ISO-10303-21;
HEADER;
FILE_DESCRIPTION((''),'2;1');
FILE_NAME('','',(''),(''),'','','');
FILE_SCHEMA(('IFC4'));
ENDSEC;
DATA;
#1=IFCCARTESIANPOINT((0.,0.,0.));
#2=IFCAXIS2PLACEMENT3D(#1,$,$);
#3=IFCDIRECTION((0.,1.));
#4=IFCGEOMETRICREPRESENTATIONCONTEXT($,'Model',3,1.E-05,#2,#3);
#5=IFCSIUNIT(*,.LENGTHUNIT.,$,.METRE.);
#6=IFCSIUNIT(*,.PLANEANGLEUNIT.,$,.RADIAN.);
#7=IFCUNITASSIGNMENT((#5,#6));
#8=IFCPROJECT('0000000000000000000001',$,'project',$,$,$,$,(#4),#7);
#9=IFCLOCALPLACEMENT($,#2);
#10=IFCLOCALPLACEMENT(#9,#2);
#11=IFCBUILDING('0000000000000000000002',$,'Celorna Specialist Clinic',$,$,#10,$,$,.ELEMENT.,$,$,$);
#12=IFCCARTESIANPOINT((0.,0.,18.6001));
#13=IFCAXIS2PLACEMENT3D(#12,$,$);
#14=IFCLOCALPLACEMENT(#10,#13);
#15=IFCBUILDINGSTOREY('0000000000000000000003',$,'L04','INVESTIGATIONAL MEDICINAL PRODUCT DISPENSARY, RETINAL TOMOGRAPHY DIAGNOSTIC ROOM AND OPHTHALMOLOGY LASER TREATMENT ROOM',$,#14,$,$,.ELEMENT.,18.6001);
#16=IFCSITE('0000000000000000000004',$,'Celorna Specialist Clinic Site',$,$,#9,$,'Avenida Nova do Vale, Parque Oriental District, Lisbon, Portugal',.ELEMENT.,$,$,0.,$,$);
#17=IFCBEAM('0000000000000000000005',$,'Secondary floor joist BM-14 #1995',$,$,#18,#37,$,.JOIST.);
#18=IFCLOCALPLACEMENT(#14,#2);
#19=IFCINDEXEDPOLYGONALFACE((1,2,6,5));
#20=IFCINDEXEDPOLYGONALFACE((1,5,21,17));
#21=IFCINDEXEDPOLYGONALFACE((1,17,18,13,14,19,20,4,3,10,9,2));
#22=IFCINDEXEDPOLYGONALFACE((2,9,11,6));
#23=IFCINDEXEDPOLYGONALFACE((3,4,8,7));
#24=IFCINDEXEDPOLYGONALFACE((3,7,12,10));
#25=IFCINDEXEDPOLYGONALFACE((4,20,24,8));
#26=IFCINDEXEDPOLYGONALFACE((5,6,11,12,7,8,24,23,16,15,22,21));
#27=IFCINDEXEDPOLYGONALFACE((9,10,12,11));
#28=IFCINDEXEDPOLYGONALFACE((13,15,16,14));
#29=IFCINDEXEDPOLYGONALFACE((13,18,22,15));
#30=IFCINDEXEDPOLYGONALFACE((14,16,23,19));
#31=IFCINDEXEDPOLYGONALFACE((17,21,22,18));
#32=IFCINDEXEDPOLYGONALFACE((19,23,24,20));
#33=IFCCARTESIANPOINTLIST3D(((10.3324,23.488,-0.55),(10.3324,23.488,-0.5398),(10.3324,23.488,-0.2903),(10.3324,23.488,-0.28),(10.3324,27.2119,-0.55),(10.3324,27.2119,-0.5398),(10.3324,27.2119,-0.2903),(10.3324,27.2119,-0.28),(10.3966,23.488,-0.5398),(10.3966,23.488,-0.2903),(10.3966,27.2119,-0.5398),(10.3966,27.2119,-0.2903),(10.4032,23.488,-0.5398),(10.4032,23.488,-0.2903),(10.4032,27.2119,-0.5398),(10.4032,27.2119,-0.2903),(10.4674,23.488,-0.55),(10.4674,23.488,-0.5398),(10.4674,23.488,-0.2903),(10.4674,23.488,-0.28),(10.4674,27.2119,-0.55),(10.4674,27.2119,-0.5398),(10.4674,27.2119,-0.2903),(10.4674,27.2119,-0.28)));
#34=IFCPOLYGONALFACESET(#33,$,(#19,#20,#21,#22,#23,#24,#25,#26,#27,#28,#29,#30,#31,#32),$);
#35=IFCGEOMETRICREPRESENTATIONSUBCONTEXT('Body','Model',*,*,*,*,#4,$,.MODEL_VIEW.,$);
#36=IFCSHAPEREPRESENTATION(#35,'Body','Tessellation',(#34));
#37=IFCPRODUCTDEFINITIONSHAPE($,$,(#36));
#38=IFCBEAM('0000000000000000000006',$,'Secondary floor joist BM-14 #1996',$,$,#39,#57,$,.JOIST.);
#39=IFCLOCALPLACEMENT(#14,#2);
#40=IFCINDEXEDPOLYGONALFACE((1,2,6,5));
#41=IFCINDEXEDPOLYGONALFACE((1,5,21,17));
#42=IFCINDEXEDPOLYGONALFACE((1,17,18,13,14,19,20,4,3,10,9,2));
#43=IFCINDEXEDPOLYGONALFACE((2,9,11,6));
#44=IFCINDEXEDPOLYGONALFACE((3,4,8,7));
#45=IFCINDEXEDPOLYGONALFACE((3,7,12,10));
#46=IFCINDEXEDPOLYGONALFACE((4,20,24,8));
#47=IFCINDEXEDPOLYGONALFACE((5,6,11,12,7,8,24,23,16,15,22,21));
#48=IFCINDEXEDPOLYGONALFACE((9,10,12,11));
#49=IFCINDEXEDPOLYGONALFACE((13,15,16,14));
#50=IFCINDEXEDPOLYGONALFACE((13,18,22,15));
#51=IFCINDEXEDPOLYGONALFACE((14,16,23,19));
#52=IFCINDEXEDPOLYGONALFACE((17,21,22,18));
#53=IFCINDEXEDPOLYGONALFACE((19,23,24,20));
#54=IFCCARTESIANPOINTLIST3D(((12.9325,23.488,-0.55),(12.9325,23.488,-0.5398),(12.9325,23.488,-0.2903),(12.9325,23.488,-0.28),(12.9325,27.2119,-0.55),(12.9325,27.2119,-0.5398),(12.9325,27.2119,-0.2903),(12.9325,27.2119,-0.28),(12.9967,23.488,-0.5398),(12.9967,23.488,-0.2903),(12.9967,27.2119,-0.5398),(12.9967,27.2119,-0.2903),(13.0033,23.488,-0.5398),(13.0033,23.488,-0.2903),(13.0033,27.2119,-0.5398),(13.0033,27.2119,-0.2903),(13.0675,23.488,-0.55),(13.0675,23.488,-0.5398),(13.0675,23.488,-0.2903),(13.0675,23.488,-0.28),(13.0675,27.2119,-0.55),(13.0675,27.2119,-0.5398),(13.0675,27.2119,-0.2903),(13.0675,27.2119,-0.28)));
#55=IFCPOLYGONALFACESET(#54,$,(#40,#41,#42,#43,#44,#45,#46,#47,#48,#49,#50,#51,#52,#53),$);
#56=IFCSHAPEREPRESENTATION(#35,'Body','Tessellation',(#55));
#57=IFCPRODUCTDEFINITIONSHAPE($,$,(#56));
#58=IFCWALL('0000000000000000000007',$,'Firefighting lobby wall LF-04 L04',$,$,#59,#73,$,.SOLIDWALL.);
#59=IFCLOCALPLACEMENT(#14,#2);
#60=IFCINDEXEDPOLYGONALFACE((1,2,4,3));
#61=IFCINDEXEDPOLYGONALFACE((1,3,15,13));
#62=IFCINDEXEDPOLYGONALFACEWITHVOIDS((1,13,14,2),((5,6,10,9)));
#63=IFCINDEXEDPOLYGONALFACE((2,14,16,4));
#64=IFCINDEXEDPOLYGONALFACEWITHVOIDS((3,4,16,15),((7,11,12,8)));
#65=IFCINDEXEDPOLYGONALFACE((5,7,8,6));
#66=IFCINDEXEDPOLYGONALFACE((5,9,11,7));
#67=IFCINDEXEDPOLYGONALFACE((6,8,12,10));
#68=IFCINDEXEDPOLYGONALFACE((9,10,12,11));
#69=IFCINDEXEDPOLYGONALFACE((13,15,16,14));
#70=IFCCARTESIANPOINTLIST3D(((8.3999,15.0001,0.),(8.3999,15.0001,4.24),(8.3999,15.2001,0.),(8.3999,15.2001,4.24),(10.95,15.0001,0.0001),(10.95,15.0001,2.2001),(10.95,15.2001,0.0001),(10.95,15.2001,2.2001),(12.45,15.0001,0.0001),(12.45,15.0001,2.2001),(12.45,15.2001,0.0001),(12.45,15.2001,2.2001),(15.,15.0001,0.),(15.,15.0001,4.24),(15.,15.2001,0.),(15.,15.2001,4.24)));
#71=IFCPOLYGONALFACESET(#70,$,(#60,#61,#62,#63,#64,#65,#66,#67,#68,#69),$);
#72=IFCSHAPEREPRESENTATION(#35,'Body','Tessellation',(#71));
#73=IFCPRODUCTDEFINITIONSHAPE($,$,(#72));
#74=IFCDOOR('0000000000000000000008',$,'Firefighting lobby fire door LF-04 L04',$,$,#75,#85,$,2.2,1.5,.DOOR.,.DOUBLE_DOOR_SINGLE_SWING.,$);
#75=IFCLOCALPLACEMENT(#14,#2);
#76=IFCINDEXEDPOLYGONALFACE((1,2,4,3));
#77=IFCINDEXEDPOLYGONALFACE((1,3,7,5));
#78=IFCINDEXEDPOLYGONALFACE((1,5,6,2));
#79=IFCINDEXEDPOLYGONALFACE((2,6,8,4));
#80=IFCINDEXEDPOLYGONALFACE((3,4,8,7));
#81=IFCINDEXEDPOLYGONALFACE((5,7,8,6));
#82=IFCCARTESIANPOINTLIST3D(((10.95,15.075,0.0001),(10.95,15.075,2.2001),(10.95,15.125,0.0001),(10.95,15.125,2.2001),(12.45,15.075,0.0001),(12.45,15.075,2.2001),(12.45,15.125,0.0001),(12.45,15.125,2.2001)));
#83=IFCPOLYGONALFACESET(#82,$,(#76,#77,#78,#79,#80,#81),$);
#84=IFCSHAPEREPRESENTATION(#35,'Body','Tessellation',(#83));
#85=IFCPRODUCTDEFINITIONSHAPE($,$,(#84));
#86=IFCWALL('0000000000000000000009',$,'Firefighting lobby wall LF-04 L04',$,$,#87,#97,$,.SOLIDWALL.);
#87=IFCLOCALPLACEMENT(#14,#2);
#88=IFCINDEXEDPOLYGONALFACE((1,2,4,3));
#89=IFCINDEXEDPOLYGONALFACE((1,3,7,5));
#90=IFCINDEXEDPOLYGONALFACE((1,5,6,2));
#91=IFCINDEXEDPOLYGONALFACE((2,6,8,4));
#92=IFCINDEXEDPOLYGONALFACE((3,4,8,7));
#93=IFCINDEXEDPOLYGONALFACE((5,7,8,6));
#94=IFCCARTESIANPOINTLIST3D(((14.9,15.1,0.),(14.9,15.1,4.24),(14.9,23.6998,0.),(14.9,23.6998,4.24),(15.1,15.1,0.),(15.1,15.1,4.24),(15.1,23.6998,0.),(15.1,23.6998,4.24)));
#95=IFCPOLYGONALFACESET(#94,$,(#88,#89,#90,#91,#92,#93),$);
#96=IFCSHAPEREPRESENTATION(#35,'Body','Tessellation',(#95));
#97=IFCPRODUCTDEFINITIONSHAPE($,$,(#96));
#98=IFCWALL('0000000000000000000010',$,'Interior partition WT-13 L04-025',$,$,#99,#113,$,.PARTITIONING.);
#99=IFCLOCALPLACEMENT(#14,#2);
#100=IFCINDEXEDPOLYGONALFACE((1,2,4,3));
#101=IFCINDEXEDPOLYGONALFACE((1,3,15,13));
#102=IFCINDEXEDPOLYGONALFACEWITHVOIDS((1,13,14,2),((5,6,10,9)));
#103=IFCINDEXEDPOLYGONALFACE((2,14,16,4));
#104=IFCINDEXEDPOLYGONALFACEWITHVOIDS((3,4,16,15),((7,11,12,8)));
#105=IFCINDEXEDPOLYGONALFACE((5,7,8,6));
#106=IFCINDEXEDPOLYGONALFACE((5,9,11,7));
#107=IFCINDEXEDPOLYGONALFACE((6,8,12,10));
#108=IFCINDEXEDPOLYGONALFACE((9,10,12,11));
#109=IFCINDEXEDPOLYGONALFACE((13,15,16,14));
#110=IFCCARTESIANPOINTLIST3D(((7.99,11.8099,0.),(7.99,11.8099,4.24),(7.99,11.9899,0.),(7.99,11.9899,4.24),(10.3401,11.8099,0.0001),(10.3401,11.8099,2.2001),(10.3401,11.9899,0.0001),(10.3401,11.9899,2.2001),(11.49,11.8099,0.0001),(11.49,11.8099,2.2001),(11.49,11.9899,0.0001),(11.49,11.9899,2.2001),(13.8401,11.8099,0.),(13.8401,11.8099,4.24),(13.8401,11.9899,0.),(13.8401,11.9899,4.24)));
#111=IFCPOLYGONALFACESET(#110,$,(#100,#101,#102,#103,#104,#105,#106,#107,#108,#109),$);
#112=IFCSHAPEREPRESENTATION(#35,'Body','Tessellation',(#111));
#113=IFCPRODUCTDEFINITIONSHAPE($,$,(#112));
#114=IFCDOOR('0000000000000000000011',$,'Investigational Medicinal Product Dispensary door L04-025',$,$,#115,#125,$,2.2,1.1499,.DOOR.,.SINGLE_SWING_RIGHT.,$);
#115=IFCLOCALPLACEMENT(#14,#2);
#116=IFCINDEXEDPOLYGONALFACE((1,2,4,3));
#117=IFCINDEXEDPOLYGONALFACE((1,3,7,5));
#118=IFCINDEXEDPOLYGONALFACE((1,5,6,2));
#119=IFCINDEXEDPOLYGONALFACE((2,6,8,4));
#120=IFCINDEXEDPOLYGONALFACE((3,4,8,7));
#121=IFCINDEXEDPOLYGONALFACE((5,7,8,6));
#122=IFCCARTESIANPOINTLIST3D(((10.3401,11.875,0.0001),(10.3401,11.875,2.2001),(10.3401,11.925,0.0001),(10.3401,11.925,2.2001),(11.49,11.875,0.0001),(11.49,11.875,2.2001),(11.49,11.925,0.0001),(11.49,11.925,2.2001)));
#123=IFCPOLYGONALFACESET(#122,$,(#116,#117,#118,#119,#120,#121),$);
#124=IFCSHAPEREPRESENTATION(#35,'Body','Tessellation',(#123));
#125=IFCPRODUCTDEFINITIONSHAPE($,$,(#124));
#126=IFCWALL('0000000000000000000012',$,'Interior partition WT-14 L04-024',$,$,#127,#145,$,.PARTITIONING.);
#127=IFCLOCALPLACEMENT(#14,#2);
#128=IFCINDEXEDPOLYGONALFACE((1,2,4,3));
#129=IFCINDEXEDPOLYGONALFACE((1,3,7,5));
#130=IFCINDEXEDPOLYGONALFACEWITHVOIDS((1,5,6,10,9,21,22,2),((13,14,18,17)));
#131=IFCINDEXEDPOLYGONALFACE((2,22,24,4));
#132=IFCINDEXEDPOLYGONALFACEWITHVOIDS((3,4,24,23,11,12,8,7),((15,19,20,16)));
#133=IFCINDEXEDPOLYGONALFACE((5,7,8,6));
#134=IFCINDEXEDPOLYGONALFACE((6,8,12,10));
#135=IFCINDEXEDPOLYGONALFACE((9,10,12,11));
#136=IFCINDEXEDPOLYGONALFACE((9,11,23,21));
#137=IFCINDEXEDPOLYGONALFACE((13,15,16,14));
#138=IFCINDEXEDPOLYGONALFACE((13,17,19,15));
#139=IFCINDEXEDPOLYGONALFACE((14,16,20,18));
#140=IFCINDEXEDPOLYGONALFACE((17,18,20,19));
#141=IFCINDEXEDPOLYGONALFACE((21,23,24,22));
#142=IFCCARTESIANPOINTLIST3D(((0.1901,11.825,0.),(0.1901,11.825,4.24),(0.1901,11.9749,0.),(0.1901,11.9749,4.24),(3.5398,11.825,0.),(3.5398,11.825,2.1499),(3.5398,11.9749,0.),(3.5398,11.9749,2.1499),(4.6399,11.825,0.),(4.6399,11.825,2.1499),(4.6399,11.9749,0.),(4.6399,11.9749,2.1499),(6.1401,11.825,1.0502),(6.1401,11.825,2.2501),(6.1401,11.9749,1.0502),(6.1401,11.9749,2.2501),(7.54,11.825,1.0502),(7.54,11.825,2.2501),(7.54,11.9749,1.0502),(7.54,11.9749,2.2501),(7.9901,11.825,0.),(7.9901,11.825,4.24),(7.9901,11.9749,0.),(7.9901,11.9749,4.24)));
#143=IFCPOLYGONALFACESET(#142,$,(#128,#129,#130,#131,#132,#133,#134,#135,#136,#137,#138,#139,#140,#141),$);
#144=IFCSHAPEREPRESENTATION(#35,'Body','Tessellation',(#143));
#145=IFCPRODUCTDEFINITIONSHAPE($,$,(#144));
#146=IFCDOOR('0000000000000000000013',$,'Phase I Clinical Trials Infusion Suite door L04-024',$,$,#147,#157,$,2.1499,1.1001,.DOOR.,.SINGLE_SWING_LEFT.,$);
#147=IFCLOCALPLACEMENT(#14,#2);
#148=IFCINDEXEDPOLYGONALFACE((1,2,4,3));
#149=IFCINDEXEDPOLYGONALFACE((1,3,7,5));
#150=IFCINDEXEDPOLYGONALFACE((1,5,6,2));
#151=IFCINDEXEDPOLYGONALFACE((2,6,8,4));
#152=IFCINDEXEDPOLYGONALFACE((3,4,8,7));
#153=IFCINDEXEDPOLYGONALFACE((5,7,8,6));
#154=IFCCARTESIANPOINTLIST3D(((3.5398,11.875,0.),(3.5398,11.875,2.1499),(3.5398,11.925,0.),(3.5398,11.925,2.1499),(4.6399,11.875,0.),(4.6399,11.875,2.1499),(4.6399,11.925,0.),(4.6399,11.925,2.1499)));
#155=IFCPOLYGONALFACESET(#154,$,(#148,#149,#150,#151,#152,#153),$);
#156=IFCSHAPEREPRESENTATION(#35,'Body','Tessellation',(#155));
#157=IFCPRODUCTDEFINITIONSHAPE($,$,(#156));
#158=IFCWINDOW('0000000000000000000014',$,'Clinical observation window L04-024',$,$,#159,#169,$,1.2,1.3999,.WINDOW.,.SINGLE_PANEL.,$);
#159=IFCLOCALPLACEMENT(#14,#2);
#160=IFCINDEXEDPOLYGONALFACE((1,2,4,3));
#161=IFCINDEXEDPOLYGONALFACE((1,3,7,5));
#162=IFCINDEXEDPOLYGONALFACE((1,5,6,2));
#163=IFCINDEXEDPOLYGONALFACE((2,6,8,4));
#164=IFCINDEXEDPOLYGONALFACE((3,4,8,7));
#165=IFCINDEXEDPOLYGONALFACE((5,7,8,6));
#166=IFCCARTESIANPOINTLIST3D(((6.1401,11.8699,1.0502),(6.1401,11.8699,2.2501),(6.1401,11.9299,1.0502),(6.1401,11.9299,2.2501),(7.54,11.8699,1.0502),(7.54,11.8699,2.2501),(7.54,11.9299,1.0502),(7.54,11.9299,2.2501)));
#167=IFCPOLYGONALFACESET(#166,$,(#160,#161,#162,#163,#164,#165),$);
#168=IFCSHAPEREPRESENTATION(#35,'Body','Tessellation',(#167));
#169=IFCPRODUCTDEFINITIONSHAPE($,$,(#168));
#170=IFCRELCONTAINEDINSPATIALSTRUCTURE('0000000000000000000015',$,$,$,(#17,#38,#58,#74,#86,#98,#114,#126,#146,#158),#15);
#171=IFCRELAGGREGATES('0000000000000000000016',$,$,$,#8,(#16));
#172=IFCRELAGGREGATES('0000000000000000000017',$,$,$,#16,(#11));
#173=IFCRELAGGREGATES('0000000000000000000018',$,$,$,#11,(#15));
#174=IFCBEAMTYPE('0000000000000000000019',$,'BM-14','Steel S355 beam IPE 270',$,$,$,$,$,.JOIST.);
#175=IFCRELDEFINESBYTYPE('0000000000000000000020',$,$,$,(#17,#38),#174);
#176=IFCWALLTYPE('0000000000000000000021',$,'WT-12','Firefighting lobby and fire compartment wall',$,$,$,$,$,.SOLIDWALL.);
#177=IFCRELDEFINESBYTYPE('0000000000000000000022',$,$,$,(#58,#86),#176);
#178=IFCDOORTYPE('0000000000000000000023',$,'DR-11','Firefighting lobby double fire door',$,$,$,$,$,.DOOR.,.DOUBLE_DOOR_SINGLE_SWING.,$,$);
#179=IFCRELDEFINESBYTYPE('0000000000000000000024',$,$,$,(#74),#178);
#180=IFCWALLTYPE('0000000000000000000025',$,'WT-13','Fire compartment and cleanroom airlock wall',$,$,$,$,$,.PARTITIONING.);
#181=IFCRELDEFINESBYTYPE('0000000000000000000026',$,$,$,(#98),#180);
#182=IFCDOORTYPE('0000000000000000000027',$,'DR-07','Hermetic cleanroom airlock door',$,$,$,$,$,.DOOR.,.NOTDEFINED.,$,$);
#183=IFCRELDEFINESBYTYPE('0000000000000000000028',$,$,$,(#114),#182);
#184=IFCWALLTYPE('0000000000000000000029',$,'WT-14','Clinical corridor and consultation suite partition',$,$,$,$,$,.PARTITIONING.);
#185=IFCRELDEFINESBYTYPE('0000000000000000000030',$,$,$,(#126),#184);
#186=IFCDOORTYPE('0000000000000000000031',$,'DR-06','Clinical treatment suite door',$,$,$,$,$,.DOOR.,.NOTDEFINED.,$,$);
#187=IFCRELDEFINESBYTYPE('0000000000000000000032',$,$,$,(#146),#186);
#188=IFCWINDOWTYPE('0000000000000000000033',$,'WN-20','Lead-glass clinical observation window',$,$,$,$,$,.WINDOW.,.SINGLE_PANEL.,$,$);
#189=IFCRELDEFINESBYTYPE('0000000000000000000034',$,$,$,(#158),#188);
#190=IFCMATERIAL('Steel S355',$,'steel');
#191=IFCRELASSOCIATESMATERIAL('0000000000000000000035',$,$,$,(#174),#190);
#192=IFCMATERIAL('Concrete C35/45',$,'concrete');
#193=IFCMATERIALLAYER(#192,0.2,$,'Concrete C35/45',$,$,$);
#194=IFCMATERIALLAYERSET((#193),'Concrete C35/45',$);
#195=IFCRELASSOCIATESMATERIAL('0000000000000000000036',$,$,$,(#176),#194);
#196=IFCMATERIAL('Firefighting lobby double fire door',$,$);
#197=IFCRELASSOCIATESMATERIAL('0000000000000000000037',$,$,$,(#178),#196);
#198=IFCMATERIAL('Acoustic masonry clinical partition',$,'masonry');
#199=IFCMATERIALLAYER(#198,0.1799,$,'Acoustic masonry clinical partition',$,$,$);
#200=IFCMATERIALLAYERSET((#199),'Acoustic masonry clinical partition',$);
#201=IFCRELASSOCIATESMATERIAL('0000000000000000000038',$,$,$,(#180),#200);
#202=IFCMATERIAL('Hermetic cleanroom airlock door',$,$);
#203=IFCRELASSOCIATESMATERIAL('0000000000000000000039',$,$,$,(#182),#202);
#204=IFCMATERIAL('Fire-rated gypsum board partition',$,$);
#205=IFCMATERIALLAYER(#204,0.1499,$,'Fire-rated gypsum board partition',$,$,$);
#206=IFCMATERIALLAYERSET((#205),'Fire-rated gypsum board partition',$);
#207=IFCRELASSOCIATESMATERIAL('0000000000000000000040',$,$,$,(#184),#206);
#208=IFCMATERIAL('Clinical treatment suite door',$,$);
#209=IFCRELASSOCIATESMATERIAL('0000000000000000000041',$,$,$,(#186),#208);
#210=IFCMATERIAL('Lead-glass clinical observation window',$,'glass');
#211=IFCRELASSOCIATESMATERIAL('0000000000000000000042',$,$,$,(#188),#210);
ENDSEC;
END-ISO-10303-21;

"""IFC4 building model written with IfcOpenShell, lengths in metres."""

from ifc_helpers import new_model, si_unit, direction, frame, frame_2d, origin, origin_2d, place, context, subcontext, project, spatial, rectangle, i_section, extrude, material, layer, layer_set, material_profile, profile_set, type_object, element, fill, save


model = new_model("IFC4")

# Units and contexts
model_context = context("Model", 3, precision=1e-05, world=origin(), true_north=direction((0.0, 1.0)))
body_context = subcontext(model_context, "Body", "Model", "MODEL_VIEW")
ifc_project = project(units=[si_unit("LENGTHUNIT", "METRE"), si_unit("PLANEANGLEUNIT", "RADIAN")], contexts=[model_context])

# Site, building, storey
site_placement = place(None, origin())
site = spatial("IfcSite", under=ifc_project, at=site_placement, Name="Celorna Specialist Clinic Site", LongName="Avenida Nova do Vale, Parque Oriental District, Lisbon, Portugal", CompositionType="ELEMENT", RefElevation=0.0)
building_placement = place(site_placement, origin())
building = spatial("IfcBuilding", under=site, at=building_placement, Name="Celorna Specialist Clinic", CompositionType="ELEMENT")
storey_placement = place(building_placement, frame((0.0, 0.0, 18.6001)))
storey = spatial("IfcBuildingStorey", under=building, at=storey_placement, Name="L04", Description="INVESTIGATIONAL MEDICINAL PRODUCT DISPENSARY, RETINAL TOMOGRAPHY DIAGNOSTIC ROOM AND OPHTHALMOLOGY LASER TREATMENT ROOM", CompositionType="ELEMENT", Elevation=18.6001)

# Shared definitions
ifc_material_1 = material(Name="Concrete C35/45", Category="concrete")

# Beams
ifc_material_2 = material(Name="Steel S355", Category="steel")
ifc_material_profile_1 = material_profile(ifc_material_2, i_section(OverallWidth=0.135, OverallDepth=0.27, WebThickness=0.0066, FlangeThickness=0.0103, at=origin_2d()), Name="IPE 270")
ifc_profile_set_1 = profile_set([ifc_material_profile_1], Name="Steel S355")
beam_type_1 = type_object("IfcBeamType", Name="BM-14", Description="Steel S355 beam IPE 270", PredefinedType="JOIST", material=ifc_profile_set_1)
for number, where, z_axis, x_axis, name in (
    (1, (10.3999, 23.488, -0.415), (0.0, 1.0, 0.0), (-1.0, 0.0, 0.0), "Secondary floor joist BM-14 #1995"),
    (2, (13.0, 23.488, -0.415), (0.0, 1.0, 0.0), (-1.0, 0.0, 0.0), "Secondary floor joist BM-14 #1996"),
):
    element("IfcBeam", number, at=place(storey_placement, frame(where, z_axis=z_axis, x_axis=x_axis)), inside=storey, type_object=beam_type_1, Name=name, PredefinedType="JOIST", context=body_context, shape_type="SweptSolid", body=[
        extrude(i_section(OverallWidth=0.135, OverallDepth=0.27, WebThickness=0.0066, FlangeThickness=0.0103, at=origin_2d()), origin(), (0.0, 0.0, 1.0), 3.7239),
    ])

# Wall, opening, door
ifc_layer_1 = layer(ifc_material_1, 0.2, Name="Concrete C35/45")
ifc_layer_set_1 = layer_set([ifc_layer_1], Name="Concrete C35/45")
wall_type_1 = type_object("IfcWallType", Name="WT-12", Description="Firefighting lobby and fire compartment wall", PredefinedType="SOLIDWALL", material=ifc_layer_set_1)
wall_1_placement = place(storey_placement, frame((8.3999, 15.1001, 0.0), z_axis=(0.0, 0.0, 1.0), x_axis=(1.0, 0.0, 0.0)))
wall_1 = element("IfcWall", 3, at=wall_1_placement, inside=storey, type_object=wall_type_1, Name="Firefighting lobby wall LF-04 L04", PredefinedType="SOLIDWALL", context=body_context, shape_type="SweptSolid", body=[
    extrude(rectangle(XDim=6.6001, YDim=0.2, at=frame_2d((3.3, 0.0))), origin(), (0.0, 0.0, 1.0), 4.24),
])
opening_1_placement = place(wall_1_placement, frame((2.55, 0.0, 0.0)))
opening_1 = element("IfcOpeningElement", 4, at=opening_1_placement, cuts=wall_1, PredefinedType="OPENING", context=body_context, shape_type="SweptSolid", body=[
    extrude(rectangle(XDim=1.5, YDim=2.2, at=frame_2d((0.75, 1.1001))), frame((0.0, 0.1099, 0.0), z_axis=(0.0, -1.0, 0.0), x_axis=(1.0, 0.0, 0.0)), (0.0, 0.0, 1.0), 0.22),
])
ifc_material_3 = material(Name="Firefighting lobby double fire door")
door_type_1 = type_object("IfcDoorType", Name="DR-11", Description="Firefighting lobby double fire door", OperationType="DOUBLE_DOOR_SINGLE_SWING", PredefinedType="DOOR", material=ifc_material_3)
door_1_placement = place(opening_1_placement, origin())
door_1 = element("IfcDoor", 5, at=door_1_placement, inside=storey, type_object=door_type_1, Name="Firefighting lobby fire door LF-04 L04", OperationType="DOUBLE_DOOR_SINGLE_SWING", OverallHeight=2.2, OverallWidth=1.5, PredefinedType="DOOR", context=body_context, shape_type="SweptSolid", body=[
    extrude(rectangle(XDim=1.5, YDim=2.2, at=frame_2d((0.75, 1.1001))), frame((0.0, 0.0249, 0.0), z_axis=(0.0, -1.0, 0.0), x_axis=(1.0, 0.0, 0.0)), (0.0, 0.0, 1.0), 0.05),
])
fill(opening_1, door_1)

# Wall
wall_2_placement = place(storey_placement, frame((15.0, 15.1001, 0.0), z_axis=(0.0, 0.0, 1.0), x_axis=(0.0, 1.0, 0.0)))
element("IfcWall", 6, at=wall_2_placement, inside=storey, type_object=wall_type_1, Name="Firefighting lobby wall LF-04 L04", PredefinedType="SOLIDWALL", context=body_context, shape_type="SweptSolid", body=[
    extrude(rectangle(XDim=8.5999, YDim=0.2, at=frame_2d((4.2998, 0.0))), origin(), (0.0, 0.0, 1.0), 4.24),
])

# Wall, opening, door
ifc_material_4 = material(Name="Acoustic masonry clinical partition", Category="masonry")
ifc_layer_2 = layer(ifc_material_4, 0.1799, Name="Acoustic masonry clinical partition")
ifc_layer_set_2 = layer_set([ifc_layer_2], Name="Acoustic masonry clinical partition")
wall_type_2 = type_object("IfcWallType", Name="WT-13", Description="Fire compartment and cleanroom airlock wall", PredefinedType="PARTITIONING", material=ifc_layer_set_2)
wall_3_placement = place(storey_placement, frame((13.8401, 11.8999, 0.0), z_axis=(0.0, 0.0, 1.0), x_axis=(-1.0, 0.0, 0.0)))
wall_3 = element("IfcWall", 7, at=wall_3_placement, inside=storey, type_object=wall_type_2, Name="Interior partition WT-13 L04-025", PredefinedType="PARTITIONING", context=body_context, shape_type="SweptSolid", body=[
    extrude(rectangle(XDim=5.8501, YDim=0.1799, at=frame_2d((2.925, 0.0))), origin(), (0.0, 0.0, 1.0), 4.24),
])
opening_2_placement = place(wall_3_placement, frame((2.3501, 0.0, 0.0)))
opening_2 = element("IfcOpeningElement", 8, at=opening_2_placement, cuts=wall_3, PredefinedType="OPENING", context=body_context, shape_type="SweptSolid", body=[
    extrude(rectangle(XDim=1.1499, YDim=2.2, at=frame_2d((0.575, 1.1001))), frame((0.0, 0.0999, 0.0), z_axis=(0.0, -1.0, 0.0), x_axis=(1.0, 0.0, 0.0)), (0.0, 0.0, 1.0), 0.2),
])
ifc_material_5 = material(Name="Hermetic cleanroom airlock door")
door_type_2 = type_object("IfcDoorType", Name="DR-07", Description="Hermetic cleanroom airlock door", OperationType="NOTDEFINED", PredefinedType="DOOR", material=ifc_material_5)
door_2_placement = place(opening_2_placement, origin())
door_2 = element("IfcDoor", 9, at=door_2_placement, inside=storey, type_object=door_type_2, Name="Investigational Medicinal Product Dispensary door L04-025", OperationType="SINGLE_SWING_RIGHT", OverallHeight=2.2, OverallWidth=1.1499, PredefinedType="DOOR", context=body_context, shape_type="SweptSolid", body=[
    extrude(rectangle(XDim=1.1499, YDim=2.2, at=frame_2d((0.575, 1.1001))), frame((0.0, 0.0249, 0.0), z_axis=(0.0, -1.0, 0.0), x_axis=(1.0, 0.0, 0.0)), (0.0, 0.0, 1.0), 0.05),
])
fill(opening_2, door_2)

# Wall, openings, door, window
ifc_material_6 = material(Name="Fire-rated gypsum board partition")
ifc_layer_3 = layer(ifc_material_6, 0.1499, Name="Fire-rated gypsum board partition")
ifc_layer_set_3 = layer_set([ifc_layer_3], Name="Fire-rated gypsum board partition")
wall_type_3 = type_object("IfcWallType", Name="WT-14", Description="Clinical corridor and consultation suite partition", PredefinedType="PARTITIONING", material=ifc_layer_set_3)
wall_4_placement = place(storey_placement, frame((7.99, 11.8999, 0.0), z_axis=(0.0, 0.0, 1.0), x_axis=(-1.0, 0.0, 0.0)))
wall_4 = element("IfcWall", 10, at=wall_4_placement, inside=storey, type_object=wall_type_3, Name="Interior partition WT-14 L04-024", PredefinedType="PARTITIONING", context=body_context, shape_type="SweptSolid", body=[
    extrude(rectangle(XDim=7.8, YDim=0.1499, at=frame_2d((3.8999, 0.0))), origin(), (0.0, 0.0, 1.0), 4.24),
])
opening_3_placement = place(wall_4_placement, frame((3.3501, 0.0, 0.0)))
opening_3 = element("IfcOpeningElement", 11, at=opening_3_placement, cuts=wall_4, PredefinedType="OPENING", context=body_context, shape_type="SweptSolid", body=[
    extrude(rectangle(XDim=1.1001, YDim=2.1499, at=frame_2d((0.55, 1.075))), frame((0.0, 0.085, 0.0), z_axis=(0.0, -1.0, 0.0), x_axis=(1.0, 0.0, 0.0)), (0.0, 0.0, 1.0), 0.1699),
])
opening_4_placement = place(wall_4_placement, frame((0.45, 0.0, 1.05)))
opening_4 = element("IfcOpeningElement", 12, at=opening_4_placement, cuts=wall_4, PredefinedType="OPENING", context=body_context, shape_type="SweptSolid", body=[
    extrude(rectangle(XDim=1.3999, YDim=1.2, at=frame_2d((0.7, 0.6001))), frame((0.0, 0.085, 0.0), z_axis=(0.0, -1.0, 0.0), x_axis=(1.0, 0.0, 0.0)), (0.0, 0.0, 1.0), 0.1699),
])
ifc_material_7 = material(Name="Clinical treatment suite door")
door_type_3 = type_object("IfcDoorType", Name="DR-06", Description="Clinical treatment suite door", OperationType="NOTDEFINED", PredefinedType="DOOR", material=ifc_material_7)
door_3_placement = place(opening_3_placement, origin())
door_3 = element("IfcDoor", 13, at=door_3_placement, inside=storey, type_object=door_type_3, Name="Phase I Clinical Trials Infusion Suite door L04-024", OperationType="SINGLE_SWING_LEFT", OverallHeight=2.1499, OverallWidth=1.1001, PredefinedType="DOOR", context=body_context, shape_type="SweptSolid", body=[
    extrude(rectangle(XDim=1.1001, YDim=2.1499, at=frame_2d((0.55, 1.075))), frame((0.0, 0.0249, 0.0), z_axis=(0.0, -1.0, 0.0), x_axis=(1.0, 0.0, 0.0)), (0.0, 0.0, 1.0), 0.05),
])
fill(opening_3, door_3)
ifc_material_8 = material(Name="Lead-glass clinical observation window", Category="glass")
window_type = type_object("IfcWindowType", Name="WN-20", Description="Lead-glass clinical observation window", PartitioningType="SINGLE_PANEL", PredefinedType="WINDOW", material=ifc_material_8)
window_placement = place(opening_4_placement, origin())
window = element("IfcWindow", 14, at=window_placement, inside=storey, type_object=window_type, Name="Clinical observation window L04-024", OverallHeight=1.2, OverallWidth=1.3999, PartitioningType="SINGLE_PANEL", PredefinedType="WINDOW", context=body_context, shape_type="SweptSolid", body=[
    extrude(rectangle(XDim=1.3999, YDim=1.2, at=frame_2d((0.7, 0.6001))), frame((0.0, 0.03, 0.0), z_axis=(0.0, -1.0, 0.0), x_axis=(1.0, 0.0, 0.0)), (0.0, 0.0, 1.0), 0.0601),
])
fill(opening_4, window)

save(model, "model.ifc")
